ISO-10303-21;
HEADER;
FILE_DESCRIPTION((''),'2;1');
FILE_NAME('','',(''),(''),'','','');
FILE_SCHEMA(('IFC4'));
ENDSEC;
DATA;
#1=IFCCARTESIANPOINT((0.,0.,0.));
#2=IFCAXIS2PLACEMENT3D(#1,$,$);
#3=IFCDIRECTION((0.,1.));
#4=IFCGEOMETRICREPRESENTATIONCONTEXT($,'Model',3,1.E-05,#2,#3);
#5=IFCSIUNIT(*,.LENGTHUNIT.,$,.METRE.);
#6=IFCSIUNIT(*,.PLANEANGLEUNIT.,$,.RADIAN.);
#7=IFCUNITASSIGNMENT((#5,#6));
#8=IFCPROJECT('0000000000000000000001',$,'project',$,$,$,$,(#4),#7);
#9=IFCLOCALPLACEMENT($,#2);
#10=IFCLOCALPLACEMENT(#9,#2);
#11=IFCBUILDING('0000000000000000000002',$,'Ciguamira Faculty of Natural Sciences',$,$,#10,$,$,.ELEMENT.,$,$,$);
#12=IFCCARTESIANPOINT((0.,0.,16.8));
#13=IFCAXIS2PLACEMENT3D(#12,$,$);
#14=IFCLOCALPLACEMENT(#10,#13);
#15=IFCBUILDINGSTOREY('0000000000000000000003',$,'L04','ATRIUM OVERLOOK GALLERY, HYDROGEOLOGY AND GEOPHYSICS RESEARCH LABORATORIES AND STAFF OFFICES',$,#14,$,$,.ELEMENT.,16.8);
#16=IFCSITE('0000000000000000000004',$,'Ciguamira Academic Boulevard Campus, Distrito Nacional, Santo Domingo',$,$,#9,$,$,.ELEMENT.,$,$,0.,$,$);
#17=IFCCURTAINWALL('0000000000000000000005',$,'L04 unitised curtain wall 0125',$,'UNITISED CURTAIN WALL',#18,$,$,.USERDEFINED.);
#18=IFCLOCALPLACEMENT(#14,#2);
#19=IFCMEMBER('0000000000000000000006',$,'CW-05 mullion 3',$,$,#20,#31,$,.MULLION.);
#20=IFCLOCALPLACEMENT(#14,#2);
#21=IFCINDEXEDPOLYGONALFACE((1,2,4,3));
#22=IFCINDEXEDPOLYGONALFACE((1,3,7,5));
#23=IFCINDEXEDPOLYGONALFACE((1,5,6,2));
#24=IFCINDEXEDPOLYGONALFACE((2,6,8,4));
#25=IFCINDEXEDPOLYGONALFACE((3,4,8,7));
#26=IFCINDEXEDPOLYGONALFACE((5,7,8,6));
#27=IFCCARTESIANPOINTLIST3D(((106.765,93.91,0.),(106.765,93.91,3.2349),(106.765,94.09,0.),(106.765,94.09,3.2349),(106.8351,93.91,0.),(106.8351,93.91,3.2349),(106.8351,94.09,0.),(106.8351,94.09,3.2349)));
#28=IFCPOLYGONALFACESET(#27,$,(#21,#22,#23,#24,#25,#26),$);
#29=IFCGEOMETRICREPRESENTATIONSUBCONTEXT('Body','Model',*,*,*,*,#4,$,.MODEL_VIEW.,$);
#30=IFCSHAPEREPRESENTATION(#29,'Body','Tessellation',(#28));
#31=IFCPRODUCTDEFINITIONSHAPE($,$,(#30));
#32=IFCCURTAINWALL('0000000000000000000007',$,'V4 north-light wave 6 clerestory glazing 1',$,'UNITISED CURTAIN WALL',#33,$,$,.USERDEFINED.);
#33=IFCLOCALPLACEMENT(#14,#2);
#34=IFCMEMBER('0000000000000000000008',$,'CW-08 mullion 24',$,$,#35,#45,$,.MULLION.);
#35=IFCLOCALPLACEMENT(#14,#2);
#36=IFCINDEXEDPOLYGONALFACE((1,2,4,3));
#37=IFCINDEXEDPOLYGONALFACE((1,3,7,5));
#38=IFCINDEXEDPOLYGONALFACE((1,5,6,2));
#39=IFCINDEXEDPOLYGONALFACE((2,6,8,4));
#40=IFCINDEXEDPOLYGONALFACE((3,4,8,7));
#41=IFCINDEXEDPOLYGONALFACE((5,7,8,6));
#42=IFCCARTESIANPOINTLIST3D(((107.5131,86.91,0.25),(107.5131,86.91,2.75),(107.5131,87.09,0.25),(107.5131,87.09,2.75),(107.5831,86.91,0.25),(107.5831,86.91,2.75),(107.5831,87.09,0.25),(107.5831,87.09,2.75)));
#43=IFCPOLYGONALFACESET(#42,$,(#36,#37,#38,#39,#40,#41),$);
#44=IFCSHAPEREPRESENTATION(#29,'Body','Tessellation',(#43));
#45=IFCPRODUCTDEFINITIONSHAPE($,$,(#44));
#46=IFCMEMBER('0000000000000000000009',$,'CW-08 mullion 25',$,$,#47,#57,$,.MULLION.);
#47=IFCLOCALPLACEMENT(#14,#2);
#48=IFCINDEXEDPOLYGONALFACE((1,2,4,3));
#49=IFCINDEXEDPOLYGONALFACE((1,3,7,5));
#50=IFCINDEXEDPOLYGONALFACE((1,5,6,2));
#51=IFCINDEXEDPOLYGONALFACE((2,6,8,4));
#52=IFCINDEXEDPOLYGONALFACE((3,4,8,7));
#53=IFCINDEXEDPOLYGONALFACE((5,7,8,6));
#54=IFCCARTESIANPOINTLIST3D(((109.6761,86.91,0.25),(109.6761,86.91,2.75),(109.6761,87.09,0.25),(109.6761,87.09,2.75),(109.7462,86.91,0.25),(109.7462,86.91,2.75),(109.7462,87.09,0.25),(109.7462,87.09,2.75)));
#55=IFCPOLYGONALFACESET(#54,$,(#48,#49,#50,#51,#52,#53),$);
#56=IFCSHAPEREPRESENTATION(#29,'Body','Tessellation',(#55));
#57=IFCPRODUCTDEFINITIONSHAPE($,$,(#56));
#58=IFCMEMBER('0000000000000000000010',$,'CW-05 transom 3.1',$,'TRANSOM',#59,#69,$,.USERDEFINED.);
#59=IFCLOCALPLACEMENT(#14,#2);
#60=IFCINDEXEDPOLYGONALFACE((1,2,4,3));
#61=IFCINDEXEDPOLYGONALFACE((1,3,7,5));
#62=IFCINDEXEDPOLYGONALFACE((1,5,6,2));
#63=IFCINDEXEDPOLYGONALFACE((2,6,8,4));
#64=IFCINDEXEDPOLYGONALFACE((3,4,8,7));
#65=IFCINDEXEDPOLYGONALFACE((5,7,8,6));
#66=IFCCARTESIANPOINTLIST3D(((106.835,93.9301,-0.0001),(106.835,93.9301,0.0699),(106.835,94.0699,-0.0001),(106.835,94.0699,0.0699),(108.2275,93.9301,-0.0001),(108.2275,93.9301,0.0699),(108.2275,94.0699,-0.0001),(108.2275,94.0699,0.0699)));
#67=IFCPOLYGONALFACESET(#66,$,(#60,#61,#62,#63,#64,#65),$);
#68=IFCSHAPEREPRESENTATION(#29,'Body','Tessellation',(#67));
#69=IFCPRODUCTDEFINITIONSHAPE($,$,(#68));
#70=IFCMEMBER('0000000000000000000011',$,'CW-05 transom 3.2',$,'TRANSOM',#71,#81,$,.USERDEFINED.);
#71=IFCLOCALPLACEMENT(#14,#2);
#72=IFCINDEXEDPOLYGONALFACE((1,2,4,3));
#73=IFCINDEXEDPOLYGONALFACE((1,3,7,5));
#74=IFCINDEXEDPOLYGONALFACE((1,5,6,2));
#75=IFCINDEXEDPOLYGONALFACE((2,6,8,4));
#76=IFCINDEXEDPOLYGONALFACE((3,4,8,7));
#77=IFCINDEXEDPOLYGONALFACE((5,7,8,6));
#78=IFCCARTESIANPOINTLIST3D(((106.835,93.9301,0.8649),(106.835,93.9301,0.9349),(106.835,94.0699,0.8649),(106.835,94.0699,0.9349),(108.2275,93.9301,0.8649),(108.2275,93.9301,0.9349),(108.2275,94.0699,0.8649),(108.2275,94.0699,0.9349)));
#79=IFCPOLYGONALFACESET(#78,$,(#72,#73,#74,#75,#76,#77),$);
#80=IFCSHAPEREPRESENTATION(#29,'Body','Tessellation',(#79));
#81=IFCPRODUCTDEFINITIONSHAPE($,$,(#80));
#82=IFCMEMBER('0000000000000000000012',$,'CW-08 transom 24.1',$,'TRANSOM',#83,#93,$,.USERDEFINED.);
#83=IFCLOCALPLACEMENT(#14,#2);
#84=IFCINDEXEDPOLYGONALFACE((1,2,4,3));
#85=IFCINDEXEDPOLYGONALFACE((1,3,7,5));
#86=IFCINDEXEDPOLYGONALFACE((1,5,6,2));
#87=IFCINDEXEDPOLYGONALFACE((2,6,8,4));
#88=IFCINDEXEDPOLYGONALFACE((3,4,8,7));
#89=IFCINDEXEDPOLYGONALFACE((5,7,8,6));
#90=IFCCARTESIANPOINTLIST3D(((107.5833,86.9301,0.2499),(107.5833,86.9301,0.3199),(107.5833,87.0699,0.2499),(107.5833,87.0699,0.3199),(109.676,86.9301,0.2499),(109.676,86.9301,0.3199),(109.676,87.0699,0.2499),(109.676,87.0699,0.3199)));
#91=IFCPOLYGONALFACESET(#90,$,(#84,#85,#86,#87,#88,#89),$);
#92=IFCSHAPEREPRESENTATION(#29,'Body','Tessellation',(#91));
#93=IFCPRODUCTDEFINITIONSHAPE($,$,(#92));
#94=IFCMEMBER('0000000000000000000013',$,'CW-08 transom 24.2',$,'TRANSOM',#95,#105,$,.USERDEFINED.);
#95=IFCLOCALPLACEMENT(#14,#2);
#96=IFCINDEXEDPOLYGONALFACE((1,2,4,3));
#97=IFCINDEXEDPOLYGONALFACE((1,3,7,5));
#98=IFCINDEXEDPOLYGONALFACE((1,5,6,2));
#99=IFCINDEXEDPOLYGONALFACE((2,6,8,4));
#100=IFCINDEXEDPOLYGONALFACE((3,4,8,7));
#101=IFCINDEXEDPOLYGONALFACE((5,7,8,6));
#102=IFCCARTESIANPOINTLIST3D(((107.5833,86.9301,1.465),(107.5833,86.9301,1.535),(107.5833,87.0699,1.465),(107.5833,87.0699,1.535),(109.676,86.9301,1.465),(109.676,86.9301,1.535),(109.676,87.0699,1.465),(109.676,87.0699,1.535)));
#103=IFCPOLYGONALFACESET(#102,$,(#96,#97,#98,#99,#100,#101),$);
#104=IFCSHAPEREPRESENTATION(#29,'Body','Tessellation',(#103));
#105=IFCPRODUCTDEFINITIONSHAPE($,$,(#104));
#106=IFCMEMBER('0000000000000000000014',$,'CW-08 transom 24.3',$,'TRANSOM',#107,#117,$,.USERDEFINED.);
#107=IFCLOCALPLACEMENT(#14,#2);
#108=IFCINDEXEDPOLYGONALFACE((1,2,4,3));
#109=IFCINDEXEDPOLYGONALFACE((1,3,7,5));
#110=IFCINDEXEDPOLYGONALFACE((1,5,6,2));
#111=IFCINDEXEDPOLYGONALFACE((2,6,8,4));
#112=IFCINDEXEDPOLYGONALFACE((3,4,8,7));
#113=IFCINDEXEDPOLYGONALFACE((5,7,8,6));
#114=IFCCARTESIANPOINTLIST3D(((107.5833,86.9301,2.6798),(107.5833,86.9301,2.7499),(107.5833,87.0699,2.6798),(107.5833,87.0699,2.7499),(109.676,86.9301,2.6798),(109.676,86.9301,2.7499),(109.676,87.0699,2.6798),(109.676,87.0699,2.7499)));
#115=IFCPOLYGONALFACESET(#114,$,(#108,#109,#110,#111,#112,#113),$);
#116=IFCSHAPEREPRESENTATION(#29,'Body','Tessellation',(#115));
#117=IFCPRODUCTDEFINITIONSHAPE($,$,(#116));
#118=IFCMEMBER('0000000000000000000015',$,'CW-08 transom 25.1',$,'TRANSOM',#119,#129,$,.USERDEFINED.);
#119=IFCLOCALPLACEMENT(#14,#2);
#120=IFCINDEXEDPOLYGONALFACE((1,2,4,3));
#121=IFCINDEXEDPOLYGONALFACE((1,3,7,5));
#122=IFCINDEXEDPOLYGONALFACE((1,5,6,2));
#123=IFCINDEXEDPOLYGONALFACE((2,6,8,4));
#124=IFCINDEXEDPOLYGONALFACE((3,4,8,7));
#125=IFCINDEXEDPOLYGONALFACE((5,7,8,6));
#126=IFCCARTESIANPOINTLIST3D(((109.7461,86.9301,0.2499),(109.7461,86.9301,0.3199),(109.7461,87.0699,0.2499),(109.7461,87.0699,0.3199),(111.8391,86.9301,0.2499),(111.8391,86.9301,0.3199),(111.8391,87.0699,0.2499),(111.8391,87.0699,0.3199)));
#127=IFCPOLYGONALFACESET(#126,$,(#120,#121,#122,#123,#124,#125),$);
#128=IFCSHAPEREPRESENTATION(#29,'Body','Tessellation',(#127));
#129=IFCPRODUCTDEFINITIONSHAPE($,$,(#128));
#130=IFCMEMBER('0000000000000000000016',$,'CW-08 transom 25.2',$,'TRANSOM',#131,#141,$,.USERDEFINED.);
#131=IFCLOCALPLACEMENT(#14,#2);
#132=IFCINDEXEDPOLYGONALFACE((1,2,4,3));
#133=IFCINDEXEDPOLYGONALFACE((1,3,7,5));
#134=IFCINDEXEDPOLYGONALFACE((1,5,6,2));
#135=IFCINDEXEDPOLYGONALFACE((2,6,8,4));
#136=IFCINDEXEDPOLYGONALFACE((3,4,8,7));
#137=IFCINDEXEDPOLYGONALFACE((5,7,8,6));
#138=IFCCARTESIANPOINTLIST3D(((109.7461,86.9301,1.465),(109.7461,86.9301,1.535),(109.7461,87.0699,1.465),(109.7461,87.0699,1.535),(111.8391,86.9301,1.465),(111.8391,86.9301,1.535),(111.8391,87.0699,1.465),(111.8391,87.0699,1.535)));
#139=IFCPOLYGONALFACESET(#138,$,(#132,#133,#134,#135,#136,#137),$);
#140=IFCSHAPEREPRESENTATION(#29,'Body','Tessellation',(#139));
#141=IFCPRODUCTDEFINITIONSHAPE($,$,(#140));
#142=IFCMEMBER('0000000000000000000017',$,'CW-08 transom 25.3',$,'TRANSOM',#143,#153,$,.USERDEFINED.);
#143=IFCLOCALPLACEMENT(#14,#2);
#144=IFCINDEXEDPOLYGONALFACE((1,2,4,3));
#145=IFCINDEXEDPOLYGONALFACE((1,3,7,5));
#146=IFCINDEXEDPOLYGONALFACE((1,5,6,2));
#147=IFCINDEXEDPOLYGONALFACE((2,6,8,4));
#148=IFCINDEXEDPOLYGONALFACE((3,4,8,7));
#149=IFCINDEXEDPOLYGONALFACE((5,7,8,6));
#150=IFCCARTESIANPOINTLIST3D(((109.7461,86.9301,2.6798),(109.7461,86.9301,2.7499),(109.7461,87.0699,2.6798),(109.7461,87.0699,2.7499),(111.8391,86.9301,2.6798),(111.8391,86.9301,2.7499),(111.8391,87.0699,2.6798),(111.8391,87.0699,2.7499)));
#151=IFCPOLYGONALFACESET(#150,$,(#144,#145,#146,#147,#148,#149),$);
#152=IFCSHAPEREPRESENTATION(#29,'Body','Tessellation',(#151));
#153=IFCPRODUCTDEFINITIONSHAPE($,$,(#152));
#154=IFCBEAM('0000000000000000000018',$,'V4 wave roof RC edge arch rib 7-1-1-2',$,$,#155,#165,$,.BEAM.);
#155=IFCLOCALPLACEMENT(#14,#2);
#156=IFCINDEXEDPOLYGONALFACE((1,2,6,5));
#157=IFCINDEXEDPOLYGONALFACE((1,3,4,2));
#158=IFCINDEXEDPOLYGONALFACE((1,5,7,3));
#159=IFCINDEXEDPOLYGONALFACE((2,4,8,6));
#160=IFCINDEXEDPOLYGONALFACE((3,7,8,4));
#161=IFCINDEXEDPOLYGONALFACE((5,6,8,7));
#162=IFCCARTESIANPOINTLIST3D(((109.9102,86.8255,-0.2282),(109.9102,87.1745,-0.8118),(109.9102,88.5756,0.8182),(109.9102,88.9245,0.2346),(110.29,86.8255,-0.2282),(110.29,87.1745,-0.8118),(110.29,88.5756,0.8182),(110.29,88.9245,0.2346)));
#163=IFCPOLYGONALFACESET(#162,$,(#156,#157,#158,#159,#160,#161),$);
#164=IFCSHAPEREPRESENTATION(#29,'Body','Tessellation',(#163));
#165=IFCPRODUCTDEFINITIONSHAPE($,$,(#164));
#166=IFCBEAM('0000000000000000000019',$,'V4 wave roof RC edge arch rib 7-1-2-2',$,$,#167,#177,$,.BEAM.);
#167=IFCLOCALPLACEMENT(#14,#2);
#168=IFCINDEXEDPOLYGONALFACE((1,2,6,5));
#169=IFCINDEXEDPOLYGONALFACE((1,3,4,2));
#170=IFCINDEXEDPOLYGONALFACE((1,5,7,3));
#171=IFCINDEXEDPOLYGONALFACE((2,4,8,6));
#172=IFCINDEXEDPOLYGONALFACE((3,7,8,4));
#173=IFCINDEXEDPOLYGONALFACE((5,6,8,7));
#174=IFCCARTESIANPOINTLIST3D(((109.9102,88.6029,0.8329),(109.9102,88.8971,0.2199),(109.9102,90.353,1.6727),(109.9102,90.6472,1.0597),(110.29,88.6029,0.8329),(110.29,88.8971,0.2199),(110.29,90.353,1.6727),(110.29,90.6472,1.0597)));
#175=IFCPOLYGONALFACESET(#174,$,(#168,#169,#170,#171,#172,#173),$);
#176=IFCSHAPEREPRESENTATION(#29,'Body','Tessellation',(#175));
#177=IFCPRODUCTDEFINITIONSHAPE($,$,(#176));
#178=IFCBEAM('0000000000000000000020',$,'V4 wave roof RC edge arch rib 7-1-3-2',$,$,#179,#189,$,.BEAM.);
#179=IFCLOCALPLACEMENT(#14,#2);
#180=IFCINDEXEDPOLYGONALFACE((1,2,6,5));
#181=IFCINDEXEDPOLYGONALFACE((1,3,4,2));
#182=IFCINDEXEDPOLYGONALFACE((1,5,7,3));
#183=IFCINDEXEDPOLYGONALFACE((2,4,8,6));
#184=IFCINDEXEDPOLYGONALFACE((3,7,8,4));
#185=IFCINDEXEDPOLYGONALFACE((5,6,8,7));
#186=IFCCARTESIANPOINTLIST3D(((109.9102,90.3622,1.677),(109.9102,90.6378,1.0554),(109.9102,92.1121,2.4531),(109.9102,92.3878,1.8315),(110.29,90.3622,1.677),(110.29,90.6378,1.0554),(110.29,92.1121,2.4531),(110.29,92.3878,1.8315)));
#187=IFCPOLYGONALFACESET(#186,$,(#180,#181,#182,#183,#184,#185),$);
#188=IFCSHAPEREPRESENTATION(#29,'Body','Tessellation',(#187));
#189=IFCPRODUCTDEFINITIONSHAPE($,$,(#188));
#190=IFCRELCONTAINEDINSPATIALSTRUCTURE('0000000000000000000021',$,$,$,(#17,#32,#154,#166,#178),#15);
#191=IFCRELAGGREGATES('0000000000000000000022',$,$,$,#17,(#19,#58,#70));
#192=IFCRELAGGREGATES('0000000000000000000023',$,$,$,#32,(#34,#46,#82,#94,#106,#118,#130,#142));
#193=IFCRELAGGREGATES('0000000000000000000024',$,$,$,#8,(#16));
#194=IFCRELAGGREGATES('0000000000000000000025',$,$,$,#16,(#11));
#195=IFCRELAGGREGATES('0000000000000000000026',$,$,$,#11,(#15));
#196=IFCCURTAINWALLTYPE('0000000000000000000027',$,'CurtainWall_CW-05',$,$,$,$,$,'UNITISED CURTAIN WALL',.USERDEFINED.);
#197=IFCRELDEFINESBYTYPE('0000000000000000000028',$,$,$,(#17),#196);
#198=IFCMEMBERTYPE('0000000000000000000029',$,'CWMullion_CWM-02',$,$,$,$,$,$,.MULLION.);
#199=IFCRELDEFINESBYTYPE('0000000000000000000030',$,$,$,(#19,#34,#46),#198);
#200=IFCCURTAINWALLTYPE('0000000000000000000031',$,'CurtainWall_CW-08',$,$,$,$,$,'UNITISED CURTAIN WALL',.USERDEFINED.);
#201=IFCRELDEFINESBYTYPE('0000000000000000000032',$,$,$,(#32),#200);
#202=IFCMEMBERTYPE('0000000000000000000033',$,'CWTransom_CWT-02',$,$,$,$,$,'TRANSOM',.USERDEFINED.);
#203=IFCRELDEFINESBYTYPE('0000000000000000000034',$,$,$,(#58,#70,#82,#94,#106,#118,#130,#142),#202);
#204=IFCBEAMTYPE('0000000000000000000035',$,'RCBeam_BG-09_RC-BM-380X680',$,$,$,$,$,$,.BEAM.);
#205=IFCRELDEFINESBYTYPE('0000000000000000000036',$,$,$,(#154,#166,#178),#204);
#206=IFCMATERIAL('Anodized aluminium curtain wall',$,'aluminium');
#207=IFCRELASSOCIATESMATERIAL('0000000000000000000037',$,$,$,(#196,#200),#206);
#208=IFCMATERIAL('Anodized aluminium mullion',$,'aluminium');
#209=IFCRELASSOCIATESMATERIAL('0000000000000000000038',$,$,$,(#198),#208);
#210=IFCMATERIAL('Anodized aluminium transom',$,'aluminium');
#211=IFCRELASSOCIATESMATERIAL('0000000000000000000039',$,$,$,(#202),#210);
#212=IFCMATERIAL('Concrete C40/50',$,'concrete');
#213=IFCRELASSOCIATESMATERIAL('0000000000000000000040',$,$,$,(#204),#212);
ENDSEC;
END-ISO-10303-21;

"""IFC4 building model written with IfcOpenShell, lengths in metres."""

from ifc_helpers import new_model, si_unit, direction, frame, origin, origin_2d, place, context, subcontext, project, spatial, rectangle, extrude, material, material_profile, profile_set, type_object, element, aggregate, save


model = new_model("IFC4")

# Units and contexts
model_context = context("Model", 3, precision=1e-05, world=origin(), true_north=direction((0.0, 1.0)))
body_context = subcontext(model_context, "Body", "Model", "MODEL_VIEW")
ifc_project = project(units=[si_unit("LENGTHUNIT", "METRE"), si_unit("PLANEANGLEUNIT", "RADIAN")], contexts=[model_context])

# Site, building, storey
site_placement = place(None, origin())
site = spatial("IfcSite", under=ifc_project, at=site_placement, Name="Ciguamira Academic Boulevard Campus, Distrito Nacional, Santo Domingo", CompositionType="ELEMENT", RefElevation=0.0)
building_placement = place(site_placement, origin())
building = spatial("IfcBuilding", under=site, at=building_placement, Name="Ciguamira Faculty of Natural Sciences", CompositionType="ELEMENT")
storey_placement = place(building_placement, frame((0.0, 0.0, 16.8)))
storey = spatial("IfcBuildingStorey", under=building, at=storey_placement, Name="L04", Description="ATRIUM OVERLOOK GALLERY, HYDROGEOLOGY AND GEOPHYSICS RESEARCH LABORATORIES AND STAFF OFFICES", CompositionType="ELEMENT", Elevation=16.8)

# Curtain wall, member
ifc_material_1 = material(Name="Anodized aluminium curtain wall", Category="aluminium")
curtain_wall_type_1 = type_object("IfcCurtainWallType", Name="CurtainWall_CW-05", ElementType="UNITISED CURTAIN WALL", PredefinedType="USERDEFINED", material=ifc_material_1)
curtain_wall_1_placement = place(storey_placement, origin())
curtain_wall_1 = element("IfcCurtainWall", 1, at=curtain_wall_1_placement, inside=storey, type_object=curtain_wall_type_1, Name="L04 unitised curtain wall 0125", ObjectType="UNITISED CURTAIN WALL", PredefinedType="USERDEFINED")
ifc_material_2 = material(Name="Anodized aluminium mullion", Category="aluminium")
ifc_material_profile_1 = material_profile(ifc_material_2, rectangle(XDim=0.0701, YDim=0.1799, at=origin_2d()), Name="ALU-MUL-70X180")
ifc_profile_set_1 = profile_set([ifc_material_profile_1], Name="Anodized aluminium mullion")
member_type_1 = type_object("IfcMemberType", Name="CWMullion_CWM-02", PredefinedType="MULLION", material=ifc_profile_set_1)
member_1_placement = place(storey_placement, frame((106.8, 94.0, 0.0), z_axis=(0.0, 0.0, 1.0), x_axis=(1.0, 0.0, 0.0)))
member_1 = element("IfcMember", 2, at=member_1_placement, type_object=member_type_1, Name="CW-05 mullion 3", PredefinedType="MULLION", context=body_context, shape_type="SweptSolid", body=[
    extrude(rectangle(XDim=0.0701, YDim=0.1799, at=origin_2d()), origin(), (0.0, 0.0, 1.0), 3.2349),
])

# Curtain wall, members
curtain_wall_type_2 = type_object("IfcCurtainWallType", Name="CurtainWall_CW-08", ElementType="UNITISED CURTAIN WALL", PredefinedType="USERDEFINED", material=ifc_material_1)
curtain_wall_2_placement = place(storey_placement, origin())
curtain_wall_2 = element("IfcCurtainWall", 3, at=curtain_wall_2_placement, inside=storey, type_object=curtain_wall_type_2, Name="V4 north-light wave 6 clerestory glazing 1", ObjectType="UNITISED CURTAIN WALL", PredefinedType="USERDEFINED")
member_2_placement = place(storey_placement, frame((107.5481, 87.0, 0.25), z_axis=(0.0, 0.0, 1.0), x_axis=(1.0, 0.0, 0.0)))
member_2 = element("IfcMember", 4, at=member_2_placement, type_object=member_type_1, Name="CW-08 mullion 24", PredefinedType="MULLION", context=body_context, shape_type="SweptSolid", body=[
    extrude(rectangle(XDim=0.0701, YDim=0.1799, at=origin_2d()), origin(), (0.0, 0.0, 1.0), 2.5),
])
member_3_placement = place(storey_placement, frame((109.7112, 87.0, 0.25), z_axis=(0.0, 0.0, 1.0), x_axis=(1.0, 0.0, 0.0)))
member_3 = element("IfcMember", 5, at=member_3_placement, type_object=member_type_1, Name="CW-08 mullion 25", PredefinedType="MULLION", context=body_context, shape_type="SweptSolid", body=[
    extrude(rectangle(XDim=0.0701, YDim=0.1799, at=origin_2d()), origin(), (0.0, 0.0, 1.0), 2.5),
])

# Members
ifc_material_3 = material(Name="Anodized aluminium transom", Category="aluminium")
ifc_material_profile_2 = material_profile(ifc_material_3, rectangle(XDim=0.0701, YDim=0.1399, at=origin_2d()), Name="ALU-TRN-70X140")
ifc_profile_set_2 = profile_set([ifc_material_profile_2], Name="Anodized aluminium transom")
member_type_2 = type_object("IfcMemberType", Name="CWTransom_CWT-02", ElementType="TRANSOM", PredefinedType="USERDEFINED", material=ifc_profile_set_2)
member_4_placement = place(storey_placement, frame((106.835, 94.0, 0.0349), z_axis=(1.0, 0.0, 0.0), x_axis=(0.0, 0.0, 1.0)))
member_4 = element("IfcMember", 6, at=member_4_placement, type_object=member_type_2, Name="CW-05 transom 3.1", ObjectType="TRANSOM", PredefinedType="USERDEFINED", context=body_context, shape_type="SweptSolid", body=[
    extrude(rectangle(XDim=0.0701, YDim=0.1399, at=origin_2d()), origin(), (0.0, 0.0, 1.0), 1.3926),
])
member_5_placement = place(storey_placement, frame((106.835, 94.0, 0.8999), z_axis=(1.0, 0.0, 0.0), x_axis=(0.0, 0.0, 1.0)))
member_5 = element("IfcMember", 7, at=member_5_placement, type_object=member_type_2, Name="CW-05 transom 3.2", ObjectType="TRANSOM", PredefinedType="USERDEFINED", context=body_context, shape_type="SweptSolid", body=[
    extrude(rectangle(XDim=0.0701, YDim=0.1399, at=origin_2d()), origin(), (0.0, 0.0, 1.0), 1.3926),
])
aggregate(curtain_wall_1, [member_1, member_4, member_5])
member_6_placement = place(storey_placement, frame((107.5833, 87.0, 0.2849), z_axis=(1.0, 0.0, 0.0), x_axis=(0.0, 0.0, 1.0)))
member_6 = element("IfcMember", 8, at=member_6_placement, type_object=member_type_2, Name="CW-08 transom 24.1", ObjectType="TRANSOM", PredefinedType="USERDEFINED", context=body_context, shape_type="SweptSolid", body=[
    extrude(rectangle(XDim=0.0701, YDim=0.1399, at=origin_2d()), origin(), (0.0, 0.0, 1.0), 2.0928),
])
member_7_placement = place(storey_placement, frame((107.5833, 87.0, 1.5), z_axis=(1.0, 0.0, 0.0), x_axis=(0.0, 0.0, 1.0)))
member_7 = element("IfcMember", 9, at=member_7_placement, type_object=member_type_2, Name="CW-08 transom 24.2", ObjectType="TRANSOM", PredefinedType="USERDEFINED", context=body_context, shape_type="SweptSolid", body=[
    extrude(rectangle(XDim=0.0701, YDim=0.1399, at=origin_2d()), origin(), (0.0, 0.0, 1.0), 2.0928),
])
member_8_placement = place(storey_placement, frame((107.5833, 87.0, 2.7148), z_axis=(1.0, 0.0, 0.0), x_axis=(0.0, 0.0, 1.0)))
member_8 = element("IfcMember", 10, at=member_8_placement, type_object=member_type_2, Name="CW-08 transom 24.3", ObjectType="TRANSOM", PredefinedType="USERDEFINED", context=body_context, shape_type="SweptSolid", body=[
    extrude(rectangle(XDim=0.0701, YDim=0.1399, at=origin_2d()), origin(), (0.0, 0.0, 1.0), 2.0928),
])
member_9_placement = place(storey_placement, frame((109.7461, 87.0, 0.2849), z_axis=(1.0, 0.0, 0.0), x_axis=(0.0, 0.0, 1.0)))
member_9 = element("IfcMember", 11, at=member_9_placement, type_object=member_type_2, Name="CW-08 transom 25.1", ObjectType="TRANSOM", PredefinedType="USERDEFINED", context=body_context, shape_type="SweptSolid", body=[
    extrude(rectangle(XDim=0.0701, YDim=0.1399, at=origin_2d()), origin(), (0.0, 0.0, 1.0), 2.093),
])
member_10_placement = place(storey_placement, frame((109.7461, 87.0, 1.5), z_axis=(1.0, 0.0, 0.0), x_axis=(0.0, 0.0, 1.0)))
member_10 = element("IfcMember", 12, at=member_10_placement, type_object=member_type_2, Name="CW-08 transom 25.2", ObjectType="TRANSOM", PredefinedType="USERDEFINED", context=body_context, shape_type="SweptSolid", body=[
    extrude(rectangle(XDim=0.0701, YDim=0.1399, at=origin_2d()), origin(), (0.0, 0.0, 1.0), 2.093),
])
member_11_placement = place(storey_placement, frame((109.7461, 87.0, 2.7148), z_axis=(1.0, 0.0, 0.0), x_axis=(0.0, 0.0, 1.0)))
member_11 = element("IfcMember", 13, at=member_11_placement, type_object=member_type_2, Name="CW-08 transom 25.3", ObjectType="TRANSOM", PredefinedType="USERDEFINED", context=body_context, shape_type="SweptSolid", body=[
    extrude(rectangle(XDim=0.0701, YDim=0.1399, at=origin_2d()), origin(), (0.0, 0.0, 1.0), 2.093),
])

# Beams
ifc_material_4 = material(Name="Concrete C40/50", Category="concrete")
ifc_material_profile_3 = material_profile(ifc_material_4, rectangle(XDim=0.3799, YDim=0.6799, at=origin_2d()), Name="RC-BM-380X680")
ifc_profile_set_3 = profile_set([ifc_material_profile_3], Name="Concrete C40/50")
beam_type = type_object("IfcBeamType", Name="RCBeam_BG-09_RC-BM-380X680", PredefinedType="BEAM", material=ifc_profile_set_3)
beam_1_placement = place(storey_placement, frame((110.1001, 87.0, -0.52), z_axis=(0.0, 0.858274, 0.513192), x_axis=(-1.0, 0.0, 0.0)))
element("IfcBeam", 14, at=beam_1_placement, inside=storey, type_object=beam_type, Name="V4 wave roof RC edge arch rib 7-1-1-2", PredefinedType="BEAM", context=body_context, shape_type="SweptSolid", body=[
    extrude(rectangle(XDim=0.3799, YDim=0.6799, at=origin_2d()), origin(), (0.0, 0.0, 1.0), 2.0391),
])
beam_2_placement = place(storey_placement, frame((110.1001, 88.75, 0.5264), z_axis=(0.0, 0.901554, 0.432666), x_axis=(-1.0, 0.0, 0.0)))
element("IfcBeam", 15, at=beam_2_placement, inside=storey, type_object=beam_type, Name="V4 wave roof RC edge arch rib 7-1-2-2", PredefinedType="BEAM", context=body_context, shape_type="SweptSolid", body=[
    extrude(rectangle(XDim=0.3799, YDim=0.6799, at=origin_2d()), origin(), (0.0, 0.0, 1.0), 1.9412),
])
beam_3_placement = place(storey_placement, frame((110.1001, 90.5, 1.3662), z_axis=(0.0, 0.914132, 0.405417), x_axis=(-1.0, 0.0, 0.0)))
element("IfcBeam", 16, at=beam_3_placement, inside=storey, type_object=beam_type, Name="V4 wave roof RC edge arch rib 7-1-3-2", PredefinedType="BEAM", context=body_context, shape_type="SweptSolid", body=[
    extrude(rectangle(XDim=0.3799, YDim=0.6799, at=origin_2d()), origin(), (0.0, 0.0, 1.0), 1.9143),
])

aggregate(curtain_wall_2, [member_2, member_3, member_6, member_7, member_8, member_9, member_10, member_11])

save(model, "model.ifc")
